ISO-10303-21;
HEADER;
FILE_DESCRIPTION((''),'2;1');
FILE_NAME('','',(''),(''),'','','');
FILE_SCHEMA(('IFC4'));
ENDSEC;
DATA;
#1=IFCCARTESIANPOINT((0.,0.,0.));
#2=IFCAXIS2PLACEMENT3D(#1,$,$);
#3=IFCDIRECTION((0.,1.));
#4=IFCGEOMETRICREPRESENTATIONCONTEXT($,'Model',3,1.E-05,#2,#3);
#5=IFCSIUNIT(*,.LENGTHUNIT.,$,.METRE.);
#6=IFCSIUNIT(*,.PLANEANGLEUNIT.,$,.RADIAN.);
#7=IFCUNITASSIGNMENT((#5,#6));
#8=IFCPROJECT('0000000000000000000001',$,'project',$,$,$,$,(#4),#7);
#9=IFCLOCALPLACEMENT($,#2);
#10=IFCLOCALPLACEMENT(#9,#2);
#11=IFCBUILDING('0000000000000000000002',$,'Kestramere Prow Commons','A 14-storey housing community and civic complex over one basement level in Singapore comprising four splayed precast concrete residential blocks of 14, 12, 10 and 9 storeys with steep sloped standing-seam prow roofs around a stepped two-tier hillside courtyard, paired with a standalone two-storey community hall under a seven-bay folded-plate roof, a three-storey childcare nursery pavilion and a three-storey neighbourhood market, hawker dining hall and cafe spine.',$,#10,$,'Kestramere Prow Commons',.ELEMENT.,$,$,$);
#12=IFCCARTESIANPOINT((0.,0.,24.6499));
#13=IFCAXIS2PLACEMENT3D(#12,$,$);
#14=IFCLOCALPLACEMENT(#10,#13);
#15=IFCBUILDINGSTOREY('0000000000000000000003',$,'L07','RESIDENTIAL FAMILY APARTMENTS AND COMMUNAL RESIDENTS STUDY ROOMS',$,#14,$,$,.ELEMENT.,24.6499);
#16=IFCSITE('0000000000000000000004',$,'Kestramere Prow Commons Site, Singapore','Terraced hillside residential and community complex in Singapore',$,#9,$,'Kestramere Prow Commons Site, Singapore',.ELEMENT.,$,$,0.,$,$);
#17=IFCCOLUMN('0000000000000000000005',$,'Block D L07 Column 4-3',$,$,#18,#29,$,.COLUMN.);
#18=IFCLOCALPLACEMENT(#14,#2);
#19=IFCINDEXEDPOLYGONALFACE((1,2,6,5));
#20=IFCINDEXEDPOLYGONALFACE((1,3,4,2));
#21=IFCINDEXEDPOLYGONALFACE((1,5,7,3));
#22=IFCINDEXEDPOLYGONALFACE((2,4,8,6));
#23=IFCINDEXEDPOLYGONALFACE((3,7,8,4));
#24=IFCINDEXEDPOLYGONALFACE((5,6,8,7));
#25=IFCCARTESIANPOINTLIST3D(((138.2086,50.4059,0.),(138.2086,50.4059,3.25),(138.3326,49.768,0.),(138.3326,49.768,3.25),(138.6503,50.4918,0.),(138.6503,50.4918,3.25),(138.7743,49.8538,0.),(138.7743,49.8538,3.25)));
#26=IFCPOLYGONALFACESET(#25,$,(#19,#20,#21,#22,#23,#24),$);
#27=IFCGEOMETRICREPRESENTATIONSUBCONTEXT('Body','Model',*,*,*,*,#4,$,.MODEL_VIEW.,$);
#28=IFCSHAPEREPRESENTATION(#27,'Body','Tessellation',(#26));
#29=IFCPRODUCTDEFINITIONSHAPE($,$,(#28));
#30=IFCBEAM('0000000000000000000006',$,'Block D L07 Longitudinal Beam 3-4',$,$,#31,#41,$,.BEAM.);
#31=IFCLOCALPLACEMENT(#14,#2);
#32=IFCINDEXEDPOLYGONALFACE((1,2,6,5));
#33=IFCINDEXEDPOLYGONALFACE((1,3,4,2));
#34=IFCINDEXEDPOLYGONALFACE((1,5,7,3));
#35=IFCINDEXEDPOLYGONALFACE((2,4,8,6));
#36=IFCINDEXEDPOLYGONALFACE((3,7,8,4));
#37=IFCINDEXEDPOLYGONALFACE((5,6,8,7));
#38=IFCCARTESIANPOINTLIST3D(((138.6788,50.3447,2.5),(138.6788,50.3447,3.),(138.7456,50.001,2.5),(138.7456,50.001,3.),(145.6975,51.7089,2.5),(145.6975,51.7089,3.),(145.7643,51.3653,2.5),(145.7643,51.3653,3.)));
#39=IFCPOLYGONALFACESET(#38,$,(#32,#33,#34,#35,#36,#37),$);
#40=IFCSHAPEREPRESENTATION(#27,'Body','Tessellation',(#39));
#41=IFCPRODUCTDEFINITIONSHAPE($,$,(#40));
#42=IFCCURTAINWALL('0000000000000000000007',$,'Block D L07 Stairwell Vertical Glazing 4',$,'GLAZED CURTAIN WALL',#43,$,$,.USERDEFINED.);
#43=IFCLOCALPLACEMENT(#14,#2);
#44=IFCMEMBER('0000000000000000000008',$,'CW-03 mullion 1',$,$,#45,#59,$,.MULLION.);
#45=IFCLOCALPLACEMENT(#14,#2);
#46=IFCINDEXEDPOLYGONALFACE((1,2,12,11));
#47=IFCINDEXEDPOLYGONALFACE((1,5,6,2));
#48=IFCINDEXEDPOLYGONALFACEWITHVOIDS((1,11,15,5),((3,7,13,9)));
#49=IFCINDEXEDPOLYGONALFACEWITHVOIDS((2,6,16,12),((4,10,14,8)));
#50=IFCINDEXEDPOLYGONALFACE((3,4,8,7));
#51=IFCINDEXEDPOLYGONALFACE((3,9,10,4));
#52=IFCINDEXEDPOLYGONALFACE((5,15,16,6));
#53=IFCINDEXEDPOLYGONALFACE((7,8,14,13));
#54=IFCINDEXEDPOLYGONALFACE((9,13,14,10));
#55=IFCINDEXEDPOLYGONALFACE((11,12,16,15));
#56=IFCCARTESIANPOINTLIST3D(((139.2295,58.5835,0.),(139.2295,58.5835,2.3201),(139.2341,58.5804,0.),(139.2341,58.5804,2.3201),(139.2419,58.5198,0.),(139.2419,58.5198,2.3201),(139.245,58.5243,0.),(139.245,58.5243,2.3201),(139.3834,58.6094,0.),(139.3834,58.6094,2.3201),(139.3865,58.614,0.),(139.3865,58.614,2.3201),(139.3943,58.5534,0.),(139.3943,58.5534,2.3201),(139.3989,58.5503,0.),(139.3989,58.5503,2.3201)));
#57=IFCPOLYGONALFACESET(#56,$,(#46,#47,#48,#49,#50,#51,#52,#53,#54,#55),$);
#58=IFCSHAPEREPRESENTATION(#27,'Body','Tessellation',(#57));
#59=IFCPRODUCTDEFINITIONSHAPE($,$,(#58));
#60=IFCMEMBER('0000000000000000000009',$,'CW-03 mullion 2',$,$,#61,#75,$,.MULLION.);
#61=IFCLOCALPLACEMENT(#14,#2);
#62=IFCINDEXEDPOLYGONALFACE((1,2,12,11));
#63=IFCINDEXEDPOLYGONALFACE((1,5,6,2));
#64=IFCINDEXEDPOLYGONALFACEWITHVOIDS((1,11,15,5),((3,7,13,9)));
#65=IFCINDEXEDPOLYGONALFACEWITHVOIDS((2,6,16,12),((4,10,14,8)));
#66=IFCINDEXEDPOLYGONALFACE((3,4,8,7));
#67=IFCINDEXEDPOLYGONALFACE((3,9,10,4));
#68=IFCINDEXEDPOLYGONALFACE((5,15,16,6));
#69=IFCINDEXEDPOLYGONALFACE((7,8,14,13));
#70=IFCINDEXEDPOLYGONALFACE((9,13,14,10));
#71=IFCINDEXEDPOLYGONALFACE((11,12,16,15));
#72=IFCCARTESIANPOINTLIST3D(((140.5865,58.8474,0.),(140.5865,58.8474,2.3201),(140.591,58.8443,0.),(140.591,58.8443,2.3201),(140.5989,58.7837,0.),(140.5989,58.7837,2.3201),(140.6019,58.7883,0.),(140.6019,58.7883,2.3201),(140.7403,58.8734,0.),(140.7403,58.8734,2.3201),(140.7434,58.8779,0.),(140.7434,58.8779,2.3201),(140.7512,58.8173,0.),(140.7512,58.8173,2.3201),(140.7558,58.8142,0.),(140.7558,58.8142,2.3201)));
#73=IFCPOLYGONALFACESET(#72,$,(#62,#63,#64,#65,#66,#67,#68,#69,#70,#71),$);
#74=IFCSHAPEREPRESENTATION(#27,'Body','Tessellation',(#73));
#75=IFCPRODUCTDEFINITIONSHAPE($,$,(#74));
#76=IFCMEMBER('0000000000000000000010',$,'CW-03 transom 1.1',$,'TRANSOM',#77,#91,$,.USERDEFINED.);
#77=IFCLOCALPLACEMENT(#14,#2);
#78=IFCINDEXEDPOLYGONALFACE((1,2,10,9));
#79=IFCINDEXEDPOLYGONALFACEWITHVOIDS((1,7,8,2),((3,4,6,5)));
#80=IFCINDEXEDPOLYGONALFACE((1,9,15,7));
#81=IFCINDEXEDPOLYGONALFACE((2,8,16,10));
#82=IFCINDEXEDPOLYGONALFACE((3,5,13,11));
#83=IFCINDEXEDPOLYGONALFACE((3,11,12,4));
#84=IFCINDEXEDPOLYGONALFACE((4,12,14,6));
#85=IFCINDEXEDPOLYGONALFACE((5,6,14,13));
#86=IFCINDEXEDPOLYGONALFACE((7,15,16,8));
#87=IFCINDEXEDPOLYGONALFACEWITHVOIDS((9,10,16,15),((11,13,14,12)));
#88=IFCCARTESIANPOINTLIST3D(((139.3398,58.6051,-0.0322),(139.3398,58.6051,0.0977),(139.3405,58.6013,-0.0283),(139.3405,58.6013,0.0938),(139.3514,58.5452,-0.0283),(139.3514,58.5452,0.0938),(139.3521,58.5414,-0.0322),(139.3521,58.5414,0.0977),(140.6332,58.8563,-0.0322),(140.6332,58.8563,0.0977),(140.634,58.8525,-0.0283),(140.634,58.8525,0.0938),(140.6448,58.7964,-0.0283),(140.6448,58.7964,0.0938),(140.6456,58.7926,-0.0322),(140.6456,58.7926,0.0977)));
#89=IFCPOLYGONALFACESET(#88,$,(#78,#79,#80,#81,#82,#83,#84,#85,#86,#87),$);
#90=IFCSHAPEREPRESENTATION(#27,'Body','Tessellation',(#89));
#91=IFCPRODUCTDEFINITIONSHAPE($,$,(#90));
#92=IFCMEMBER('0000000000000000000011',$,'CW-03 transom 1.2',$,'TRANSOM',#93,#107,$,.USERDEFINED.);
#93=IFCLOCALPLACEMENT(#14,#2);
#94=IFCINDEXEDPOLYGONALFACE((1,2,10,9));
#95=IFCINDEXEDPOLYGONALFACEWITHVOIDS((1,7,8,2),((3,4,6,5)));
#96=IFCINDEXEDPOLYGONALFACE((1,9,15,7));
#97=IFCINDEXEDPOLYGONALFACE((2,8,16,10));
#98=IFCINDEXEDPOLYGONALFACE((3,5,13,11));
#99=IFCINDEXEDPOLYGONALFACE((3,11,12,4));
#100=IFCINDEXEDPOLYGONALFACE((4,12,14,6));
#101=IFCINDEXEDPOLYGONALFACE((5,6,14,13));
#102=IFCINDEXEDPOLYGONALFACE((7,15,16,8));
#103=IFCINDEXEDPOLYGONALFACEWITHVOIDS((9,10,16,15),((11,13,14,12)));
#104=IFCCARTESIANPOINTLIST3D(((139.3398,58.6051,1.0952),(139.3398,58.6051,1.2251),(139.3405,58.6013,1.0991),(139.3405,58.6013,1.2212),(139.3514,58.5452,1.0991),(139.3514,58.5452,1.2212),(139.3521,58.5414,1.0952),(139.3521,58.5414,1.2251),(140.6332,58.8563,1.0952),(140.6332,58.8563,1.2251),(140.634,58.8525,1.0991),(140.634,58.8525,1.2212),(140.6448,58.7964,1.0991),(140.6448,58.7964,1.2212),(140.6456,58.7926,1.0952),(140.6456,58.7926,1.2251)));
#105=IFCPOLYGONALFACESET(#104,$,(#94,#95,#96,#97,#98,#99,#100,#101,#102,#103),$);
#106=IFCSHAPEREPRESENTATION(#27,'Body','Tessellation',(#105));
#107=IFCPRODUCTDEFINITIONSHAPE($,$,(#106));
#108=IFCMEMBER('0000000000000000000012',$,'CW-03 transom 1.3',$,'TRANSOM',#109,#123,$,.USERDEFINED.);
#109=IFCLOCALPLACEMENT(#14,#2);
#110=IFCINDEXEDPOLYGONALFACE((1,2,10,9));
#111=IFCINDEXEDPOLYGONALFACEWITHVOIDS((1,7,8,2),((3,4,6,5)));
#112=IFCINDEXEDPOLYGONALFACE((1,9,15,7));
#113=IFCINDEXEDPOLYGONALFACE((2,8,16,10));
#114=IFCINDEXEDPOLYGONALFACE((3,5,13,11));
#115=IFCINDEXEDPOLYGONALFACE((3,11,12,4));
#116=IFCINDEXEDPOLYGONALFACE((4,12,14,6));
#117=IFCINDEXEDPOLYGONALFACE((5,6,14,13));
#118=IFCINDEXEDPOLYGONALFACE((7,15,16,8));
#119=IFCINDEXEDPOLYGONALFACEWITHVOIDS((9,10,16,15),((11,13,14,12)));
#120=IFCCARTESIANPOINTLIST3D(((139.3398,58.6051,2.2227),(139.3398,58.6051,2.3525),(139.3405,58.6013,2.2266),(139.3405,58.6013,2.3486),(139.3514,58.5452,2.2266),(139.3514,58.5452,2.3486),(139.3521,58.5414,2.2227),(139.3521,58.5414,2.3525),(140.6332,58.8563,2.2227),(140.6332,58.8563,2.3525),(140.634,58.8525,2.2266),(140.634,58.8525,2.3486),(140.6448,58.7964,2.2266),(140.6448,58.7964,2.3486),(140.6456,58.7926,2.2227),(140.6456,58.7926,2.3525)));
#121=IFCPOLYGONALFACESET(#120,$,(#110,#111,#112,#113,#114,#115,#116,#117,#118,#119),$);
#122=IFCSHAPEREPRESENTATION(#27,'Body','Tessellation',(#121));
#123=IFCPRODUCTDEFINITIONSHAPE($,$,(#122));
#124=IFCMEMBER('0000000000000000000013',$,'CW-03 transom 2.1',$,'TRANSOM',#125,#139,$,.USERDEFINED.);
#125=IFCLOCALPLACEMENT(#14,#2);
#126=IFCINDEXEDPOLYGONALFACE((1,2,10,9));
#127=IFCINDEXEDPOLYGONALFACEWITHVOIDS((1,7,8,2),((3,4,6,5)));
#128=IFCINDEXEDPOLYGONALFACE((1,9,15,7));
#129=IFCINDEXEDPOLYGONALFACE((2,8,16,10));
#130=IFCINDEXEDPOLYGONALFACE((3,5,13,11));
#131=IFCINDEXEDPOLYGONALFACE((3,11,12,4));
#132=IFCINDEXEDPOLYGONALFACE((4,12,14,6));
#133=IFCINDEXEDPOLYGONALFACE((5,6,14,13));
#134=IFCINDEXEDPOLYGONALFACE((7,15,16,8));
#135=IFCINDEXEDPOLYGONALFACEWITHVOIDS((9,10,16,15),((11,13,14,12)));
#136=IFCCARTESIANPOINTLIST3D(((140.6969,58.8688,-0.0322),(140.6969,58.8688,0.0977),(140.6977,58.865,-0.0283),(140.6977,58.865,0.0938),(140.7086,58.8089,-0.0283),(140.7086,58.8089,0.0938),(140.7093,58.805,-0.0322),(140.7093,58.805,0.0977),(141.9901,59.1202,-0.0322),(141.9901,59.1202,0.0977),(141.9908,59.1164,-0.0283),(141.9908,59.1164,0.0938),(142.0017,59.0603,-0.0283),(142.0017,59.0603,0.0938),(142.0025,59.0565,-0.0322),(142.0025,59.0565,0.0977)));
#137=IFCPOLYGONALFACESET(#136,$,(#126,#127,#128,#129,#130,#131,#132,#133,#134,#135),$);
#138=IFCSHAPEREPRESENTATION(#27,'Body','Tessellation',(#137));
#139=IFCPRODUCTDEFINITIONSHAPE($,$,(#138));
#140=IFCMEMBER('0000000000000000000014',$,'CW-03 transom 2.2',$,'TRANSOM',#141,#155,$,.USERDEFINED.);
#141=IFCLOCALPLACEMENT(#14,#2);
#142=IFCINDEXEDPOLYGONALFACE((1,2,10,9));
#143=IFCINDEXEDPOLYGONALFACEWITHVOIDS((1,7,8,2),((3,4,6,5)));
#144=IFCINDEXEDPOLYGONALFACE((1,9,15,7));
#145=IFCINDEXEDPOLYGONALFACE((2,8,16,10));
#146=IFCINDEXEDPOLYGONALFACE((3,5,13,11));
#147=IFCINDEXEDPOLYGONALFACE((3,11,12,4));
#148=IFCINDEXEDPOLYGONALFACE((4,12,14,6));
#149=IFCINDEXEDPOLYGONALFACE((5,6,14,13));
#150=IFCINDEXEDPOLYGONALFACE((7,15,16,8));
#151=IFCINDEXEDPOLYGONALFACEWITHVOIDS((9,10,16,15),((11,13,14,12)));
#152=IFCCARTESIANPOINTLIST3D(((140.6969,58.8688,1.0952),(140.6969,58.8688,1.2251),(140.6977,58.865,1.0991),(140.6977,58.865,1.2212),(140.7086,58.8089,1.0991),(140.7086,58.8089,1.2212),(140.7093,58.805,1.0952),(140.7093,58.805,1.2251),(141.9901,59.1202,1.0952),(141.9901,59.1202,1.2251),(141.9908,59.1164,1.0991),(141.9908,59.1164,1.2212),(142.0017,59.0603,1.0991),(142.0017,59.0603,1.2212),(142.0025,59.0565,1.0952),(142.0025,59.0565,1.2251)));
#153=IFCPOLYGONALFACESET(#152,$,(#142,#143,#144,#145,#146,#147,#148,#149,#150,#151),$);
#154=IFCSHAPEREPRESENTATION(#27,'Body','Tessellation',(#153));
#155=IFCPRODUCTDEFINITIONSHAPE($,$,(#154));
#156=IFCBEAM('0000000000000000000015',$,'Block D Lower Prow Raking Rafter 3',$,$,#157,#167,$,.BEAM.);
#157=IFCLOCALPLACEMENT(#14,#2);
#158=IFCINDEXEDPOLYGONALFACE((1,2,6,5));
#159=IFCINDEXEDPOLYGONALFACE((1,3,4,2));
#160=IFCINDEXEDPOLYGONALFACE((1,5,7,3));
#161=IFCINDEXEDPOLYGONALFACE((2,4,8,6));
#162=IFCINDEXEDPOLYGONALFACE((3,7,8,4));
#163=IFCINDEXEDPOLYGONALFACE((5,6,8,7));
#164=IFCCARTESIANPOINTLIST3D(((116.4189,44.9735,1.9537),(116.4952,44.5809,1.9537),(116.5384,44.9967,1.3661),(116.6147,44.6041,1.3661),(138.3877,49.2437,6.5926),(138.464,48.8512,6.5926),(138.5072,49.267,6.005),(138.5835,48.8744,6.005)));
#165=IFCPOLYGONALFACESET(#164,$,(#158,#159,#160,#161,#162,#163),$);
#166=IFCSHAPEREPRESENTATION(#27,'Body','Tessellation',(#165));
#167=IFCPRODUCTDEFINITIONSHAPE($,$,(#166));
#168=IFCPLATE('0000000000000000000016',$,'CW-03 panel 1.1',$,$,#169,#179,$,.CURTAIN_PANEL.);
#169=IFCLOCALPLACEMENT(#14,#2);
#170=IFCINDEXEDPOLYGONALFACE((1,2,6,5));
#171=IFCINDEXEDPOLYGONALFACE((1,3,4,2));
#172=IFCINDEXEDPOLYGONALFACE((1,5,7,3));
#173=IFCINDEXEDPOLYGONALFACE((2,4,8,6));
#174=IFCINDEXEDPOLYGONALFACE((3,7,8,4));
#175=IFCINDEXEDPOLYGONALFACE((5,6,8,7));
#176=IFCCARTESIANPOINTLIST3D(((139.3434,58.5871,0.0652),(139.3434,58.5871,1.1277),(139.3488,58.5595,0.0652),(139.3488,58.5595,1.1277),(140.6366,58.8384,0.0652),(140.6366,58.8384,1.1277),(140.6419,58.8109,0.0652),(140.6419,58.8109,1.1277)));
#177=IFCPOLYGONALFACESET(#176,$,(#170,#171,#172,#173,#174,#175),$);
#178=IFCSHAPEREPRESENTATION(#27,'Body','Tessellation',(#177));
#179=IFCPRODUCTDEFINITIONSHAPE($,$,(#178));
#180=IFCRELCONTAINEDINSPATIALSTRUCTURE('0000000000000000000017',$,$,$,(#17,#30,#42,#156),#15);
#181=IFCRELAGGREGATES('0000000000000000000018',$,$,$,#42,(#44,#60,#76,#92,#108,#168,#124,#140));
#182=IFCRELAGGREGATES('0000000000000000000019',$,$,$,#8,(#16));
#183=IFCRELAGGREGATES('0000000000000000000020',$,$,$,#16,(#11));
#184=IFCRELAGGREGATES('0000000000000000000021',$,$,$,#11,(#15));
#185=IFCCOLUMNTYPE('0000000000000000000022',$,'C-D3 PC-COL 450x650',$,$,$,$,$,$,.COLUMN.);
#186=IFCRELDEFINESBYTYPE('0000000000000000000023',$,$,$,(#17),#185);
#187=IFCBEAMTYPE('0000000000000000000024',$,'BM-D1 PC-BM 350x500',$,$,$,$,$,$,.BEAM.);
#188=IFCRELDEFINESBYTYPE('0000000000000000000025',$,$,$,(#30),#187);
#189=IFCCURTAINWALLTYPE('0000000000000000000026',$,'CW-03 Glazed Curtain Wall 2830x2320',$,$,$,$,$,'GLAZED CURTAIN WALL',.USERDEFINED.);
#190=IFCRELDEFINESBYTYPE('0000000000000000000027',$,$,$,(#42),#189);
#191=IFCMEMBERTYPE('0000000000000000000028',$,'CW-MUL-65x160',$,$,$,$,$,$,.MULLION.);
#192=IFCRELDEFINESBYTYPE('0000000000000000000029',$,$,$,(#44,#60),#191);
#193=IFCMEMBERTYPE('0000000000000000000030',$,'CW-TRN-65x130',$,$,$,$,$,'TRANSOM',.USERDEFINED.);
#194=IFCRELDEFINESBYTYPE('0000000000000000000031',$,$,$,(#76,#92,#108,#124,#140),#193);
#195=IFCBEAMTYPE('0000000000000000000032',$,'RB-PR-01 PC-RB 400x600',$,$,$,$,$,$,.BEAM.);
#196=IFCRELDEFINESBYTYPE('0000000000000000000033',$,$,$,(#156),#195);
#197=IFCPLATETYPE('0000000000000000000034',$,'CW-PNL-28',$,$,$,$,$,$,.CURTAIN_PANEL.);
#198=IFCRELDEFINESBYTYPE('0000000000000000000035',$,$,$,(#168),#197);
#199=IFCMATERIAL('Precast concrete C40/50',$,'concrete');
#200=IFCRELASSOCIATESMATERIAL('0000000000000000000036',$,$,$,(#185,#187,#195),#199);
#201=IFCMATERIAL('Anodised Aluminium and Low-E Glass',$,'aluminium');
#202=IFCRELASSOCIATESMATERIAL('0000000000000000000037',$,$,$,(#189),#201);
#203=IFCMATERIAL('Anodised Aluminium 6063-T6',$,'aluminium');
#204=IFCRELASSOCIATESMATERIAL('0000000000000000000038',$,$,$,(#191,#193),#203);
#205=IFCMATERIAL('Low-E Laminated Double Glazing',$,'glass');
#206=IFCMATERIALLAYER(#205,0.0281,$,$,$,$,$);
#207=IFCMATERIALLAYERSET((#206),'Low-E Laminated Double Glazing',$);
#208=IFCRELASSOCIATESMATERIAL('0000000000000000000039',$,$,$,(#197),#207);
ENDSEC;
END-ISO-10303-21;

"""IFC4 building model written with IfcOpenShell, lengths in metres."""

from ifc_helpers import new_model, si_unit, direction, frame, origin, origin_2d, place, context, subcontext, project, spatial, rectangle, hollow_rectangle, extrude, material, layer, layer_set, material_profile, profile_set, type_object, element, aggregate, save


model = new_model("IFC4")

# Units and contexts
model_context = context("Model", 3, precision=1e-05, world=origin(), true_north=direction((0.0, 1.0)))
body_context = subcontext(model_context, "Body", "Model", "MODEL_VIEW")
ifc_project = project(units=[si_unit("LENGTHUNIT", "METRE"), si_unit("PLANEANGLEUNIT", "RADIAN")], contexts=[model_context])

# Site, building, storey
site_placement = place(None, origin())
site = spatial("IfcSite", under=ifc_project, at=site_placement, Name="Kestramere Prow Commons Site, Singapore", Description="Terraced hillside residential and community complex in Singapore", LongName="Kestramere Prow Commons Site, Singapore", CompositionType="ELEMENT", RefElevation=0.0)
building_placement = place(site_placement, origin())
building = spatial("IfcBuilding", under=site, at=building_placement, Name="Kestramere Prow Commons", Description="A 14-storey housing community and civic complex over one basement level in Singapore comprising four splayed precast concrete residential blocks of 14, 12, 10 and 9 storeys with steep sloped standing-seam prow roofs around a stepped two-tier hillside courtyard, paired with a standalone two-storey community hall under a seven-bay folded-plate roof, a three-storey childcare nursery pavilion and a three-storey neighbourhood market, hawker dining hall and cafe spine.", LongName="Kestramere Prow Commons", CompositionType="ELEMENT")
storey_placement = place(building_placement, frame((0.0, 0.0, 24.6499)))
storey = spatial("IfcBuildingStorey", under=building, at=storey_placement, Name="L07", Description="RESIDENTIAL FAMILY APARTMENTS AND COMMUNAL RESIDENTS STUDY ROOMS", CompositionType="ELEMENT", Elevation=24.6499)

# Column
ifc_material_1 = material(Name="Precast concrete C40/50", Category="concrete")
ifc_material_profile_1 = material_profile(ifc_material_1, rectangle(XDim=0.45, YDim=0.6499, at=origin_2d()), Name="PC-COL 450x650")
ifc_profile_set_1 = profile_set([ifc_material_profile_1], Name="Precast concrete C40/50")
column_type = type_object("IfcColumnType", Name="C-D3 PC-COL 450x650", PredefinedType="COLUMN", material=ifc_profile_set_1)
column_placement = place(storey_placement, frame((138.4915, 50.1299, 0.0), z_axis=(0.0, 0.0, 1.0), x_axis=(0.981627, 0.190809, 0.0)))
element("IfcColumn", 1, at=column_placement, inside=storey, type_object=column_type, Name="Block D L07 Column 4-3", PredefinedType="COLUMN", context=body_context, shape_type="SweptSolid", body=[
    extrude(rectangle(XDim=0.45, YDim=0.6499, at=origin_2d()), origin(), (0.0, 0.0, 1.0), 3.25),
])

# Beam
ifc_material_profile_2 = material_profile(ifc_material_1, rectangle(XDim=0.3501, YDim=0.5, at=origin_2d()), Name="PC-BM 350x500")
ifc_profile_set_2 = profile_set([ifc_material_profile_2], Name="Precast concrete C40/50")
beam_type_1 = type_object("IfcBeamType", Name="BM-D1 PC-BM 350x500", PredefinedType="BEAM", material=ifc_profile_set_2)
beam_1_placement = place(storey_placement, frame((138.7122, 50.1729, 2.75), z_axis=(0.981629, 0.190801, 0.0), x_axis=(-0.190801, 0.981629, 0.0)))
element("IfcBeam", 2, at=beam_1_placement, inside=storey, type_object=beam_type_1, Name="Block D L07 Longitudinal Beam 3-4", PredefinedType="BEAM", context=body_context, shape_type="SweptSolid", body=[
    extrude(rectangle(XDim=0.3501, YDim=0.5, at=origin_2d()), origin(), (0.0, 0.0, 1.0), 7.1501),
])

# Curtain wall, members
ifc_material_2 = material(Name="Anodised Aluminium and Low-E Glass", Category="aluminium")
curtain_wall_type = type_object("IfcCurtainWallType", Name="CW-03 Glazed Curtain Wall 2830x2320", ElementType="GLAZED CURTAIN WALL", PredefinedType="USERDEFINED", material=ifc_material_2)
curtain_wall_placement = place(storey_placement, origin())
curtain_wall = element("IfcCurtainWall", 3, at=curtain_wall_placement, inside=storey, type_object=curtain_wall_type, Name="Block D L07 Stairwell Vertical Glazing 4", ObjectType="GLAZED CURTAIN WALL", PredefinedType="USERDEFINED")
ifc_material_3 = material(Name="Anodised Aluminium 6063-T6", Category="aluminium")
ifc_material_profile_3 = material_profile(ifc_material_3, hollow_rectangle(XDim=0.0649, YDim=0.1599, WallThickness=0.0039, at=origin_2d()), Name="ALU-MUL 65x160")
ifc_profile_set_3 = profile_set([ifc_material_profile_3], Name="Anodised Aluminium 6063-T6")
member_type_1 = type_object("IfcMemberType", Name="CW-MUL-65x160", PredefinedType="MULLION", material=ifc_profile_set_3)
member_1_placement = place(storey_placement, frame((139.3142, 58.5669, 0.0), z_axis=(0.0, 0.0, 1.0), x_axis=(-0.190809, 0.981627, 0.0)))
member_1 = element("IfcMember", 4, at=member_1_placement, type_object=member_type_1, Name="CW-03 mullion 1", PredefinedType="MULLION", context=body_context, shape_type="SweptSolid", body=[
    extrude(hollow_rectangle(XDim=0.0649, YDim=0.1599, WallThickness=0.0039, at=origin_2d()), origin(), (0.0, 0.0, 1.0), 2.3201),
])
member_2_placement = place(storey_placement, frame((140.6711, 58.8308, 0.0), z_axis=(0.0, 0.0, 1.0), x_axis=(-0.190809, 0.981627, 0.0)))
member_2 = element("IfcMember", 5, at=member_2_placement, type_object=member_type_1, Name="CW-03 mullion 2", PredefinedType="MULLION", context=body_context, shape_type="SweptSolid", body=[
    extrude(hollow_rectangle(XDim=0.0649, YDim=0.1599, WallThickness=0.0039, at=origin_2d()), origin(), (0.0, 0.0, 1.0), 2.3201),
])
ifc_material_profile_4 = material_profile(ifc_material_3, hollow_rectangle(XDim=0.0649, YDim=0.1299, WallThickness=0.0039, at=origin_2d()), Name="ALU-TRN 65x130")
ifc_profile_set_4 = profile_set([ifc_material_profile_4], Name="Anodised Aluminium 6063-T6")
member_type_2 = type_object("IfcMemberType", Name="CW-TRN-65x130", ElementType="TRANSOM", PredefinedType="USERDEFINED", material=ifc_profile_set_4)
member_3_placement = place(storey_placement, frame((139.3459, 58.5732, 0.0327), z_axis=(0.981656, 0.190661, 0.0), x_axis=(-0.190661, 0.981656, 0.0)))
member_3 = element("IfcMember", 6, at=member_3_placement, type_object=member_type_2, Name="CW-03 transom 1.1", ObjectType="TRANSOM", PredefinedType="USERDEFINED", context=body_context, shape_type="SweptSolid", body=[
    extrude(hollow_rectangle(XDim=0.0649, YDim=0.1299, WallThickness=0.0039, at=origin_2d()), origin(), (0.0, 0.0, 1.0), 1.3176),
])
member_4_placement = place(storey_placement, frame((139.3459, 58.5732, 1.1602), z_axis=(0.981656, 0.190661, 0.0), x_axis=(-0.190661, 0.981656, 0.0)))
member_4 = element("IfcMember", 7, at=member_4_placement, type_object=member_type_2, Name="CW-03 transom 1.2", ObjectType="TRANSOM", PredefinedType="USERDEFINED", context=body_context, shape_type="SweptSolid", body=[
    extrude(hollow_rectangle(XDim=0.0649, YDim=0.1299, WallThickness=0.0039, at=origin_2d()), origin(), (0.0, 0.0, 1.0), 1.3176),
])
member_5_placement = place(storey_placement, frame((139.3459, 58.5732, 2.2876), z_axis=(0.981656, 0.190661, 0.0), x_axis=(-0.190661, 0.981656, 0.0)))
member_5 = element("IfcMember", 8, at=member_5_placement, type_object=member_type_2, Name="CW-03 transom 1.3", ObjectType="TRANSOM", PredefinedType="USERDEFINED", context=body_context, shape_type="SweptSolid", body=[
    extrude(hollow_rectangle(XDim=0.0649, YDim=0.1299, WallThickness=0.0039, at=origin_2d()), origin(), (0.0, 0.0, 1.0), 1.3176),
])
member_6_placement = place(storey_placement, frame((140.7031, 58.8369, 0.0327), z_axis=(0.981614, 0.190875, 0.0), x_axis=(-0.190875, 0.981614, 0.0)))
member_6 = element("IfcMember", 9, at=member_6_placement, type_object=member_type_2, Name="CW-03 transom 2.1", ObjectType="TRANSOM", PredefinedType="USERDEFINED", context=body_context, shape_type="SweptSolid", body=[
    extrude(hollow_rectangle(XDim=0.0649, YDim=0.1299, WallThickness=0.0039, at=origin_2d()), origin(), (0.0, 0.0, 1.0), 1.3174),
])
member_7_placement = place(storey_placement, frame((140.7031, 58.8369, 1.1602), z_axis=(0.981614, 0.190875, 0.0), x_axis=(-0.190875, 0.981614, 0.0)))
member_7 = element("IfcMember", 10, at=member_7_placement, type_object=member_type_2, Name="CW-03 transom 2.2", ObjectType="TRANSOM", PredefinedType="USERDEFINED", context=body_context, shape_type="SweptSolid", body=[
    extrude(hollow_rectangle(XDim=0.0649, YDim=0.1299, WallThickness=0.0039, at=origin_2d()), origin(), (0.0, 0.0, 1.0), 1.3174),
])

# Beam
ifc_material_profile_5 = material_profile(ifc_material_1, rectangle(XDim=0.3999, YDim=0.6001, at=origin_2d()), Name="PC-RB 400x600")
ifc_profile_set_5 = profile_set([ifc_material_profile_5], Name="Precast concrete C40/50")
beam_type_2 = type_object("IfcBeamType", Name="RB-PR-01 PC-RB 400x600", PredefinedType="BEAM", material=ifc_profile_set_5)
beam_2_placement = place(storey_placement, frame((138.4856, 49.0591, 6.2988), z_axis=(-0.961196, -0.186836, -0.202966), x_axis=(0.190808, -0.981627, 0.0)))
element("IfcBeam", 11, at=beam_2_placement, inside=storey, type_object=beam_type_2, Name="Block D Lower Prow Raking Rafter 3", PredefinedType="BEAM", context=body_context, shape_type="SweptSolid", body=[
    extrude(rectangle(XDim=0.3999, YDim=0.6001, at=origin_2d()), origin(), (0.0, 0.0, 1.0), 22.8557),
])

# Plate
ifc_material_4 = material(Name="Low-E Laminated Double Glazing", Category="glass")
ifc_layer_1 = layer(ifc_material_4, 0.0281)
ifc_layer_set_1 = layer_set([ifc_layer_1], Name="Low-E Laminated Double Glazing")
plate_type = type_object("IfcPlateType", Name="CW-PNL-28", PredefinedType="CURTAIN_PANEL", material=ifc_layer_set_1)
plate_1_placement = place(storey_placement, frame((139.9927, 58.699, 0.0652), z_axis=(0.0, 0.0, 1.0), x_axis=(0.981627, 0.190809, 0.0)))
plate_1 = element("IfcPlate", 12, at=plate_1_placement, type_object=plate_type, Name="CW-03 panel 1.1", PredefinedType="CURTAIN_PANEL", context=body_context, shape_type="SweptSolid", body=[
    extrude(rectangle(XDim=1.3174, YDim=0.0281, at=origin_2d()), origin(), (0.0, 0.0, 1.0), 1.0625),
])
aggregate(curtain_wall, [member_1, member_2, member_3, member_4, member_5, plate_1, member_6, member_7])

save(model, "model.ifc")
